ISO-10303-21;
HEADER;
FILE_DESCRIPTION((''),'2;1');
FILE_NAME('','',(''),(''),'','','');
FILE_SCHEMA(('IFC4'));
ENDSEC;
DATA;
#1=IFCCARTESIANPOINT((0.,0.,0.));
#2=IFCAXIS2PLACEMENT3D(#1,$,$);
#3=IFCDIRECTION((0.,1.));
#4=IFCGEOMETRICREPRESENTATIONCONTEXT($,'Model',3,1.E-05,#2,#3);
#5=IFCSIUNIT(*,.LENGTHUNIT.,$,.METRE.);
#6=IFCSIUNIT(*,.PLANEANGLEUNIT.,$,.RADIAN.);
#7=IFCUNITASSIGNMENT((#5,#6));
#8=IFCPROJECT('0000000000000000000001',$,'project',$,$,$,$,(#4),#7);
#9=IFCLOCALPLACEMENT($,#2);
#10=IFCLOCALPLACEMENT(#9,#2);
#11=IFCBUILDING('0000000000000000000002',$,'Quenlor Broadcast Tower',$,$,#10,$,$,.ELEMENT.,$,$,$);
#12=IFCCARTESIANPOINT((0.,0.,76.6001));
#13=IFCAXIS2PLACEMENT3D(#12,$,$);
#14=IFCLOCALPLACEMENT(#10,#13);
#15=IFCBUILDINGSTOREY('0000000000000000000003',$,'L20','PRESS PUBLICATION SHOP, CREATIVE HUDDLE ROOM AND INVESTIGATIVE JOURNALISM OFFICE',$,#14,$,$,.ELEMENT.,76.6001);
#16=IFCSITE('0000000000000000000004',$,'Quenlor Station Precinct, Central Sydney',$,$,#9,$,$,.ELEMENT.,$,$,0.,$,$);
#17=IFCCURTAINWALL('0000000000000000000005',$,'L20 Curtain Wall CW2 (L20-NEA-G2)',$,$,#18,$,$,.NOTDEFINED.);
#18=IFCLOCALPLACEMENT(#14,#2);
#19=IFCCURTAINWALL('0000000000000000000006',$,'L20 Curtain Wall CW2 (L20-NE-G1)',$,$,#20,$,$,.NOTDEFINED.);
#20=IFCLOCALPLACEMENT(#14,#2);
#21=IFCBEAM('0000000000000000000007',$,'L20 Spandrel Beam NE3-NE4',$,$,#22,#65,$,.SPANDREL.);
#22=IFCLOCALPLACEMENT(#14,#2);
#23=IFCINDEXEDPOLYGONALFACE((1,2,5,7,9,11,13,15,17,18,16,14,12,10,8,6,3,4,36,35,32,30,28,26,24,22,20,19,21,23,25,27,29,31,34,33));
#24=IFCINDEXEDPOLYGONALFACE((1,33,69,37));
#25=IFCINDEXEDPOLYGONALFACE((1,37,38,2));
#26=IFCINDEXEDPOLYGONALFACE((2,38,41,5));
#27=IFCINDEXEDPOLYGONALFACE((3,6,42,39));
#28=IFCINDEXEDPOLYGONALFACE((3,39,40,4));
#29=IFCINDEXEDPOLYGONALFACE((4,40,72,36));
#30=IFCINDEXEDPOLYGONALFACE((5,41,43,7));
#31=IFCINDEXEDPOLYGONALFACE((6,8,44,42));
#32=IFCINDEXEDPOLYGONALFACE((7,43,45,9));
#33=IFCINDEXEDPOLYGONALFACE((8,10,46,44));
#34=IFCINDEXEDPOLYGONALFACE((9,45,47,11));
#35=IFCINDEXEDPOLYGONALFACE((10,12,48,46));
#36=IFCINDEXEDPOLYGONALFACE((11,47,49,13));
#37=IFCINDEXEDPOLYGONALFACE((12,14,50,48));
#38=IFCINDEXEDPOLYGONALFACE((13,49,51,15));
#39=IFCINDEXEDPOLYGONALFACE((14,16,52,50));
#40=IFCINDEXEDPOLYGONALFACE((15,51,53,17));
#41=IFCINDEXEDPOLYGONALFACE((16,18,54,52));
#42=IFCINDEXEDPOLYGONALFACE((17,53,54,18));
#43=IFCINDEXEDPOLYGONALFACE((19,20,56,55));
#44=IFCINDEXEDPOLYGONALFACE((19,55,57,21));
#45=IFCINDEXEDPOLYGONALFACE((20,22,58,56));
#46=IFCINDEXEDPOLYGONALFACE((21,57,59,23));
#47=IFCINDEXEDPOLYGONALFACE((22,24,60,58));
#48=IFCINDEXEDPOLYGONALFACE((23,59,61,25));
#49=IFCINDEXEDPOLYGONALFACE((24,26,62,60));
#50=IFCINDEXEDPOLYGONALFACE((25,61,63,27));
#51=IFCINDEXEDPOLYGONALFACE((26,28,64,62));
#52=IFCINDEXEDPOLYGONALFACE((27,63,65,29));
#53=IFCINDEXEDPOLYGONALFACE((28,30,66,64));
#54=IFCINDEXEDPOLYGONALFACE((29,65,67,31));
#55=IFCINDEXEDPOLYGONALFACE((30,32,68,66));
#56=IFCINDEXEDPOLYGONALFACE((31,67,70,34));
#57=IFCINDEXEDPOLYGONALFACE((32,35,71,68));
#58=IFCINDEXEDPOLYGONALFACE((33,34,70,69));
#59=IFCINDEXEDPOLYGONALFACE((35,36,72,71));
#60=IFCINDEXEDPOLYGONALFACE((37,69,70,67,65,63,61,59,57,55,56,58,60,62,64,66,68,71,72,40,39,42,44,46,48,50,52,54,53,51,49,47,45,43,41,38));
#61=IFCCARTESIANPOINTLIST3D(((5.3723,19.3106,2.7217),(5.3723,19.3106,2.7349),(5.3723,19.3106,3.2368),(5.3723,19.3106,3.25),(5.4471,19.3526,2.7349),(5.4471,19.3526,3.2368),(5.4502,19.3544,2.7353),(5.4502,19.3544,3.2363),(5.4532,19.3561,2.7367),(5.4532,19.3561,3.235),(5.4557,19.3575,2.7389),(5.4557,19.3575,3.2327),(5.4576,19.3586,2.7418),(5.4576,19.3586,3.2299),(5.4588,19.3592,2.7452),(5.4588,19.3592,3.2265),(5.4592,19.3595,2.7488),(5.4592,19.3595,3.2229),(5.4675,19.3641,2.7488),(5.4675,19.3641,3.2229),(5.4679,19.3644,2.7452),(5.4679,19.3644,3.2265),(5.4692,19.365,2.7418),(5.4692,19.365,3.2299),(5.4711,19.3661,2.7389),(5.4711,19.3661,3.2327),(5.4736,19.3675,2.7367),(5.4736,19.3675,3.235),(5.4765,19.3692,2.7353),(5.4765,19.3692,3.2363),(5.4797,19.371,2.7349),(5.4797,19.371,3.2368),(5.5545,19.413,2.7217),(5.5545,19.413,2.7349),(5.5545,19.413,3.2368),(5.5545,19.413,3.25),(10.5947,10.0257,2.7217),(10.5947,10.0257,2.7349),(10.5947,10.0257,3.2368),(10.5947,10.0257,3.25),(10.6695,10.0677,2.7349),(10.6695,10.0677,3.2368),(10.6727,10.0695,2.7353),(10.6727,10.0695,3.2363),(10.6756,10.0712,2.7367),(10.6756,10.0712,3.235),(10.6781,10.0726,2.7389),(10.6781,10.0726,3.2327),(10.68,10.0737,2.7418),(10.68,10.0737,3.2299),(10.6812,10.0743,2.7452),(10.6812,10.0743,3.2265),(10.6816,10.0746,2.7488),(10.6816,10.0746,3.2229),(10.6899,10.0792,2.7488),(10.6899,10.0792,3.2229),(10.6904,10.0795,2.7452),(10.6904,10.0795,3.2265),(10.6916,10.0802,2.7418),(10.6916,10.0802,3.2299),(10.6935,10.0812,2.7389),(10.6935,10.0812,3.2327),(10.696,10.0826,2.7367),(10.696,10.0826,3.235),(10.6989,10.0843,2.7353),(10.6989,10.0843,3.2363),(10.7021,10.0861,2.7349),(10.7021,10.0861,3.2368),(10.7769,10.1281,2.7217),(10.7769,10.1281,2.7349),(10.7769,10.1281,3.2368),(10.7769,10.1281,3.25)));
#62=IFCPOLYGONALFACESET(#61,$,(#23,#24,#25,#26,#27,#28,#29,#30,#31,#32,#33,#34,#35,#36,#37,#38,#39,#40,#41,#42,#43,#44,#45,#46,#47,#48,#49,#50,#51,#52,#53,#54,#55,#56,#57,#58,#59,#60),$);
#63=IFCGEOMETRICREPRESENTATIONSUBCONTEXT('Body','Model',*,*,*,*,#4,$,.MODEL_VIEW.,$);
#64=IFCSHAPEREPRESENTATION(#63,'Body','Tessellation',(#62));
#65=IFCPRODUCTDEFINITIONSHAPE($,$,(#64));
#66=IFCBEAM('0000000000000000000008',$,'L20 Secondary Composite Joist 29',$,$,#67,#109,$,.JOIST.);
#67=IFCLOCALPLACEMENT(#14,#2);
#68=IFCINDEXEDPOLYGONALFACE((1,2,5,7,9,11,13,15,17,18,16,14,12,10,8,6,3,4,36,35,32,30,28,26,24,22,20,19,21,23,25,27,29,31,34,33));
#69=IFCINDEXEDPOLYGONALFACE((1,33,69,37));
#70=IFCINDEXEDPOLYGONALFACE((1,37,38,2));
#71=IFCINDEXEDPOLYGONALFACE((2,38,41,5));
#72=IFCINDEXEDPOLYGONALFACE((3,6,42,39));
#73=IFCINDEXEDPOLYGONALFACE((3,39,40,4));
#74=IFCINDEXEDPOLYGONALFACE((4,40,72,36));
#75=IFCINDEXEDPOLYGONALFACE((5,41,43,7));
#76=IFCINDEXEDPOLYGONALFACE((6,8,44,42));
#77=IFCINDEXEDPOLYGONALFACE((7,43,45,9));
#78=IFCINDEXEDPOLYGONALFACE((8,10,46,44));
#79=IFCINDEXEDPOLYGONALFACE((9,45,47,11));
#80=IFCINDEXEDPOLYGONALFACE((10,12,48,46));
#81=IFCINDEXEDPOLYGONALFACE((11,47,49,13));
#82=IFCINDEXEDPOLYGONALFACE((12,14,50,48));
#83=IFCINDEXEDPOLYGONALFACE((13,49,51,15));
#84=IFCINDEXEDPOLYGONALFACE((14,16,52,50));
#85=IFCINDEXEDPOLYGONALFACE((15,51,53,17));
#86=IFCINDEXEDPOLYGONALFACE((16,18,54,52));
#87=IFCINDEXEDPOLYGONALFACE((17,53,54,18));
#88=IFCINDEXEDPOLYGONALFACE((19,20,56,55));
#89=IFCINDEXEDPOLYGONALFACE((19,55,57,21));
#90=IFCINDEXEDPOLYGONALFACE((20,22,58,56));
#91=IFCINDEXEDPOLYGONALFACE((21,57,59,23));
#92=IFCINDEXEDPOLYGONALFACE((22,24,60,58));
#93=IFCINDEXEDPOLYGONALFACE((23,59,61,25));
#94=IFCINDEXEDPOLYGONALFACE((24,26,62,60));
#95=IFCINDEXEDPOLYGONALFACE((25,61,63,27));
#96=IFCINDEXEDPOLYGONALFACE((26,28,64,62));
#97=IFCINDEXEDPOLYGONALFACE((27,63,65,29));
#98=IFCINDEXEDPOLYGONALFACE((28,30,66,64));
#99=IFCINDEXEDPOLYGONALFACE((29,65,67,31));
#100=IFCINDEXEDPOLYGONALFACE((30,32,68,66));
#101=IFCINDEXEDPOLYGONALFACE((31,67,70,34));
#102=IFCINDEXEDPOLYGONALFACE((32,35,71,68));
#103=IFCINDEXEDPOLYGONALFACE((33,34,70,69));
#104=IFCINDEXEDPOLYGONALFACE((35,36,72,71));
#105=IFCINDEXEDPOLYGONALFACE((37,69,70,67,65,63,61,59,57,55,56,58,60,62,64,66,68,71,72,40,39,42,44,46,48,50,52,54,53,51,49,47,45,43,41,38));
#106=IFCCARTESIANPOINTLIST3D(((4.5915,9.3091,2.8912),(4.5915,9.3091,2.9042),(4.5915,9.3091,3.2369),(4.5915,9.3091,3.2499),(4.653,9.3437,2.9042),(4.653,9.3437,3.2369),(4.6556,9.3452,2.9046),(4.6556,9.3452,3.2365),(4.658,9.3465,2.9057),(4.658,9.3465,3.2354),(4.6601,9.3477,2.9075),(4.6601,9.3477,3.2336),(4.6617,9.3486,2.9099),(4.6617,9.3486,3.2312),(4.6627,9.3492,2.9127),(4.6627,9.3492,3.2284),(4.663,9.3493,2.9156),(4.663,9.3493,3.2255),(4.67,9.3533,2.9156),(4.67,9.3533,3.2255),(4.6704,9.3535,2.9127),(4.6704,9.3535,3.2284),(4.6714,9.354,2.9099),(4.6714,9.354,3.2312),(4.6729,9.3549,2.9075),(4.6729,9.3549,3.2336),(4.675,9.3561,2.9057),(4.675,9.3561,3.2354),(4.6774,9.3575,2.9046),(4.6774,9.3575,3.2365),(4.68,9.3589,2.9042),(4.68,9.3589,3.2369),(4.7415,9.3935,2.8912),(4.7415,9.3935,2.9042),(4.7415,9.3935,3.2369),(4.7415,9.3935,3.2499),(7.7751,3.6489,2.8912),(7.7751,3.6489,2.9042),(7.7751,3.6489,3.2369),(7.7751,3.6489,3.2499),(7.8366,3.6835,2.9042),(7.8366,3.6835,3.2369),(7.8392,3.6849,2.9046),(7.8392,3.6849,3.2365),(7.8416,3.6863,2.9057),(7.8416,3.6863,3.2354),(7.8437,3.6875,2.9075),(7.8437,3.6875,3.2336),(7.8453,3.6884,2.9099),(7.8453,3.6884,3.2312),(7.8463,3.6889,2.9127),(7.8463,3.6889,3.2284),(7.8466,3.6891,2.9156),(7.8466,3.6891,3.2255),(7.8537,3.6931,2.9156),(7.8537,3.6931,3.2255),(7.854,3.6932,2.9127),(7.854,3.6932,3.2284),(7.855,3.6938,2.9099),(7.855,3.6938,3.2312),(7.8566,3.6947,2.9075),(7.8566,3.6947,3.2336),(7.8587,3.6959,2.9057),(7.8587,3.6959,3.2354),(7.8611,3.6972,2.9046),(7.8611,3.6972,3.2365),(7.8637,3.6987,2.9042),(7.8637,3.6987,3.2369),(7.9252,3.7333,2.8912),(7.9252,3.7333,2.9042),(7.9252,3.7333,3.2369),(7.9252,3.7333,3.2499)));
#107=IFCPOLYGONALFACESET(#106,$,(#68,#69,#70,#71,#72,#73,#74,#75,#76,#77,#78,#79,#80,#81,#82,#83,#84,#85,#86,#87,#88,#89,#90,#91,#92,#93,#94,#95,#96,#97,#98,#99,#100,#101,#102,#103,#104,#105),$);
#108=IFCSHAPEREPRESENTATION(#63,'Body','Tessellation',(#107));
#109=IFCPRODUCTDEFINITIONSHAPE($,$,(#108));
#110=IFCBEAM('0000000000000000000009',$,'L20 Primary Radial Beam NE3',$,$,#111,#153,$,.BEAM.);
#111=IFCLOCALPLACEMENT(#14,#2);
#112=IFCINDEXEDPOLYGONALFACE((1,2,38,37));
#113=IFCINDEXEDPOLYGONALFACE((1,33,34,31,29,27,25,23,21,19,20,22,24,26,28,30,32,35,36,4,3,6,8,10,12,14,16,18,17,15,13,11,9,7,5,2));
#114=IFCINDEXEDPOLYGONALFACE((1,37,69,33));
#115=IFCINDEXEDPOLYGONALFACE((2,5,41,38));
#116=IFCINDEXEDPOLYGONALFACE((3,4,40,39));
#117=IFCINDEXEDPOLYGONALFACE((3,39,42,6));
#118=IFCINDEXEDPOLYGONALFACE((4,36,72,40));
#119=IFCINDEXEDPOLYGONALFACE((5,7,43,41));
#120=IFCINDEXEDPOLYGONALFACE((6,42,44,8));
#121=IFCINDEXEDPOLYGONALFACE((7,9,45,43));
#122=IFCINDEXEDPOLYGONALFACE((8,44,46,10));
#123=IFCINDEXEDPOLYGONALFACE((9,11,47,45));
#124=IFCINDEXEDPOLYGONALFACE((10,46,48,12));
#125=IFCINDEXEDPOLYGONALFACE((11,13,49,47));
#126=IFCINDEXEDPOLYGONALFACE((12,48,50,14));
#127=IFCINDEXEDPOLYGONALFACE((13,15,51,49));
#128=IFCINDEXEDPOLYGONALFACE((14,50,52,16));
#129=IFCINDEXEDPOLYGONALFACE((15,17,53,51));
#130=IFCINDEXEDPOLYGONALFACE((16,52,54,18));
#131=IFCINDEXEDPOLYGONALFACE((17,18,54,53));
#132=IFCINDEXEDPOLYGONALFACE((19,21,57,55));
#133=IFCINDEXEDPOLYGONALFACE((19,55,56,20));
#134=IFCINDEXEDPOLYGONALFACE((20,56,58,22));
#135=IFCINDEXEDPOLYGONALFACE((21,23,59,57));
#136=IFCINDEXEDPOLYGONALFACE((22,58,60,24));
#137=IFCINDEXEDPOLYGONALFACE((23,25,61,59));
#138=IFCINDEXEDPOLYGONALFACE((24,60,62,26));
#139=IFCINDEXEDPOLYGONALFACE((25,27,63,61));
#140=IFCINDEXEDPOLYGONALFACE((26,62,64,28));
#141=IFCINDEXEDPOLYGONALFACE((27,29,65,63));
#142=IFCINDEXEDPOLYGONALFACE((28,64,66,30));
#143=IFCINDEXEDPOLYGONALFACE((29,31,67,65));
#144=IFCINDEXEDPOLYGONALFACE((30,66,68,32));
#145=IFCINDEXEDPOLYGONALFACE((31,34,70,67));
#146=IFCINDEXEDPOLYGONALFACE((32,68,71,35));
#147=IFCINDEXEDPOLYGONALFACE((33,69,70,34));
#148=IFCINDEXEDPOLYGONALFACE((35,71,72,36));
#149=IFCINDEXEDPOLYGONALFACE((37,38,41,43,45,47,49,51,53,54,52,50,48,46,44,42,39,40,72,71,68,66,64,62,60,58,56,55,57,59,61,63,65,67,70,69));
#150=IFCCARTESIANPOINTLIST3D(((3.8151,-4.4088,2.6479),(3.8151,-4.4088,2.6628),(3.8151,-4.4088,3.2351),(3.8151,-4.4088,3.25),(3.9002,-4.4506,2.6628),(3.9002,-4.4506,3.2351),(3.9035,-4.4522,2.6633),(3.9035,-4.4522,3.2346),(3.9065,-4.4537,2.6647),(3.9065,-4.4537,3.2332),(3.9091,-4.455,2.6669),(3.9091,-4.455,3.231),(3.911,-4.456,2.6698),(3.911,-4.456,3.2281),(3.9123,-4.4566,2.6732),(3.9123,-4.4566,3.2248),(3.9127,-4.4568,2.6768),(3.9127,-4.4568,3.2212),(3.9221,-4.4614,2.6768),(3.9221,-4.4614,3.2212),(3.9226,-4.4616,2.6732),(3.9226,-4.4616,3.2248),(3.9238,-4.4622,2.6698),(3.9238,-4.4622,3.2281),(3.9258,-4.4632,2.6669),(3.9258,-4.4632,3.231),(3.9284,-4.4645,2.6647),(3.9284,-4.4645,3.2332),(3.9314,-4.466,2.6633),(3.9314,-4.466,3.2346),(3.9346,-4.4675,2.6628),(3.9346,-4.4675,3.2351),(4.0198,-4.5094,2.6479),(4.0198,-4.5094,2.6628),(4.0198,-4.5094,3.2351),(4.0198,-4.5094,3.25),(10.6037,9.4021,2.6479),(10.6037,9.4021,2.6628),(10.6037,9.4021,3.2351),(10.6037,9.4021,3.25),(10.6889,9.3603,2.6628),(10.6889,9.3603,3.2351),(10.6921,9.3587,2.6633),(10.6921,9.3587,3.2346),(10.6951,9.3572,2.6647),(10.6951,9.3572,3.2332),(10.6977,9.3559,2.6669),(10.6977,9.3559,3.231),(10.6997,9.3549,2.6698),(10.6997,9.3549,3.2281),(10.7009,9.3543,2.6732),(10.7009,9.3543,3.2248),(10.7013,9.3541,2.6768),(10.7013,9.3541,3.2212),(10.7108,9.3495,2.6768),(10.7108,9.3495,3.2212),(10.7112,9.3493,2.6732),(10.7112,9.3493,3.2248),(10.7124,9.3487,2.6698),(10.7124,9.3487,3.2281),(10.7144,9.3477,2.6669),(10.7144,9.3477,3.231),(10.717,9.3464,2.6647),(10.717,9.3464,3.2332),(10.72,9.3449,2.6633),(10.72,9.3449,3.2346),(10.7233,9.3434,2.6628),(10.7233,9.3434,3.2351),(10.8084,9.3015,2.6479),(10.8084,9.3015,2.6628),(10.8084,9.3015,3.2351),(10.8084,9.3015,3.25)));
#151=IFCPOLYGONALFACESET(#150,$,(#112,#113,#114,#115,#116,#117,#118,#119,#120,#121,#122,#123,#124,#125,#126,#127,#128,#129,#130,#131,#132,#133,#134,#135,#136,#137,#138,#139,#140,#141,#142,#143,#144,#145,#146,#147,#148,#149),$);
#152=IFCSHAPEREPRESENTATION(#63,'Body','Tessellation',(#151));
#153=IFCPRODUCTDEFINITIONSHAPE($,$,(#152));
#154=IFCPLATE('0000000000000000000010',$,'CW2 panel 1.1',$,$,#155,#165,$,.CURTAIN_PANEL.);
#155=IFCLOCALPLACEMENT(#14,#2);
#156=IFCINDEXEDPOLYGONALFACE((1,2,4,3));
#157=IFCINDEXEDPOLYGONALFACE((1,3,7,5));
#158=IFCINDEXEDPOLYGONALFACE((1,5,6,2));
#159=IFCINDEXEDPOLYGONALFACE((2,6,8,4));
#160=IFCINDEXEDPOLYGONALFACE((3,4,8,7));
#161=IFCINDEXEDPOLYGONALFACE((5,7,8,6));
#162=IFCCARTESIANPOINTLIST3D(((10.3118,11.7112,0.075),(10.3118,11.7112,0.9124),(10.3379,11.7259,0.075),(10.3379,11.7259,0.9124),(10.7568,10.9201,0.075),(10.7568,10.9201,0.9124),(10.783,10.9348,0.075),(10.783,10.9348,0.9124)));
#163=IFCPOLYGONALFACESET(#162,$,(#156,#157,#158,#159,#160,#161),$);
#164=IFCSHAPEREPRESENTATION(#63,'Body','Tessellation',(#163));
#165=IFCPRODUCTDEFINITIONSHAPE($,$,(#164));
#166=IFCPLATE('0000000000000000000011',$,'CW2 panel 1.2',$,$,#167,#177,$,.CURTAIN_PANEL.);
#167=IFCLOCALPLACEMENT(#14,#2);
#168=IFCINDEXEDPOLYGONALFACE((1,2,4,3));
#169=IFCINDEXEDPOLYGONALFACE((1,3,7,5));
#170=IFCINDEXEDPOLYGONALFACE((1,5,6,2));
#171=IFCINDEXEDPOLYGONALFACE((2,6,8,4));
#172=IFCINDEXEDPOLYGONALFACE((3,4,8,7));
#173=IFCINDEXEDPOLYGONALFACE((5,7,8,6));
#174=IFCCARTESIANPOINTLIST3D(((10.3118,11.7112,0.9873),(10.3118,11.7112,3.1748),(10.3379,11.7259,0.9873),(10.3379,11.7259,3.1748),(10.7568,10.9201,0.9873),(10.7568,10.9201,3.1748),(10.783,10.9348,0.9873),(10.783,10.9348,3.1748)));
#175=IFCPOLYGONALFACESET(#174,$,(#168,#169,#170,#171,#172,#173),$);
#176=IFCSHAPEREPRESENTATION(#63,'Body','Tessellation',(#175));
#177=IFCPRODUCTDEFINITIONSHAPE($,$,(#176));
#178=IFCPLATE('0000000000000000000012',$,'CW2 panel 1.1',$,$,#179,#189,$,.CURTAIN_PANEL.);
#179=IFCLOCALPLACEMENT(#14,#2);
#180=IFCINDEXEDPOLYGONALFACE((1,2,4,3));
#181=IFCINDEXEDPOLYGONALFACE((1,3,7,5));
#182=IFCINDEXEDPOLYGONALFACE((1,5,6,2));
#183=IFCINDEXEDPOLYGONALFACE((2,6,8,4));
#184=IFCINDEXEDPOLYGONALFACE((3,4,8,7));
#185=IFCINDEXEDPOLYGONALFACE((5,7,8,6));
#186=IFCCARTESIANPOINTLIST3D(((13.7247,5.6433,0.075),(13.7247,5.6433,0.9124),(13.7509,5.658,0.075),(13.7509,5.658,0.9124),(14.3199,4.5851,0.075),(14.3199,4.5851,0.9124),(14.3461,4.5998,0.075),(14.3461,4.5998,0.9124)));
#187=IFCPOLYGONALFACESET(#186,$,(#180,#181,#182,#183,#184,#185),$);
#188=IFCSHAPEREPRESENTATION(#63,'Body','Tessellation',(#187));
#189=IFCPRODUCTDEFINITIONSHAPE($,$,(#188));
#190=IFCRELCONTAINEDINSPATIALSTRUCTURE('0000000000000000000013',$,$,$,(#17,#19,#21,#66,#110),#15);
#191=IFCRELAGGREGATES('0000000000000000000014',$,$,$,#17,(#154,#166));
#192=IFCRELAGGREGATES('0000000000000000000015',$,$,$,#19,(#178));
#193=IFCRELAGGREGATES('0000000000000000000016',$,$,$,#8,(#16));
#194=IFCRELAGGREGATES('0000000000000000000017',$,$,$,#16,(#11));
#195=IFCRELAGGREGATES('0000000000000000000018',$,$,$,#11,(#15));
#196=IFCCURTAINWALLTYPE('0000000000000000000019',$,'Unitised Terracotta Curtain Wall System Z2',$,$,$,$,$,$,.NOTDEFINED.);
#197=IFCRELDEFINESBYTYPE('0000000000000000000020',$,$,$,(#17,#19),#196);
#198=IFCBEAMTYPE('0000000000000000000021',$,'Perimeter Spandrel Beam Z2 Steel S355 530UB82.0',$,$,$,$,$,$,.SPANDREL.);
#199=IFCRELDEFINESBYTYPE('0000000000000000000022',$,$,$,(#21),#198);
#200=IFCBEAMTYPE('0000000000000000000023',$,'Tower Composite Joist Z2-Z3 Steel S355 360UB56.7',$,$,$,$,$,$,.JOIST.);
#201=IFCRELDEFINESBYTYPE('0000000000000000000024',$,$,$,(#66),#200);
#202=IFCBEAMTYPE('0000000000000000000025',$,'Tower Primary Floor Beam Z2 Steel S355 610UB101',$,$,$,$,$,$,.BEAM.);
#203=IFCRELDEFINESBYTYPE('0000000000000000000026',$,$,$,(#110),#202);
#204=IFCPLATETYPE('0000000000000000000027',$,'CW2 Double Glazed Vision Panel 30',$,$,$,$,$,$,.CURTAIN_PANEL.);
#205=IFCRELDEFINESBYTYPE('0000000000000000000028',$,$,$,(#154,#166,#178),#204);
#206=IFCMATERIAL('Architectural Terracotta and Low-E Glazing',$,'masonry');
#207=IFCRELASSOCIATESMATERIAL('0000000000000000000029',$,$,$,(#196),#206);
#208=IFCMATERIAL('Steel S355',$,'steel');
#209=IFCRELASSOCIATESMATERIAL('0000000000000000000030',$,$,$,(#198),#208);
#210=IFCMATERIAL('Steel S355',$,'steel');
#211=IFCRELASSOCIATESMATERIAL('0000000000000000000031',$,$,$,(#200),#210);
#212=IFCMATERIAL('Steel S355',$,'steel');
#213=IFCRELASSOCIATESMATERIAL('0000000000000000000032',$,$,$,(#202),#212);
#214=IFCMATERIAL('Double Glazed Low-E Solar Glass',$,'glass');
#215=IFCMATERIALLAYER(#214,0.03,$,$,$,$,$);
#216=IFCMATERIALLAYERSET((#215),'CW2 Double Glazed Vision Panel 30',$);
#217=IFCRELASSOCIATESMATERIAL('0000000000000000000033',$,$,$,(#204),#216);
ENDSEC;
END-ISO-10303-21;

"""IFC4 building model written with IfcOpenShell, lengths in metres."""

from ifc_helpers import new_model, si_unit, direction, frame, origin, origin_2d, place, context, subcontext, project, spatial, rectangle, i_section, extrude, material, layer, layer_set, material_profile, profile_set, type_object, element, aggregate, save


model = new_model("IFC4")

# Units and contexts
model_context = context("Model", 3, precision=1e-05, world=origin(), true_north=direction((0.0, 1.0)))
body_context = subcontext(model_context, "Body", "Model", "MODEL_VIEW")
ifc_project = project(units=[si_unit("LENGTHUNIT", "METRE"), si_unit("PLANEANGLEUNIT", "RADIAN")], contexts=[model_context])

# Site, building, storey
site_placement = place(None, origin())
site = spatial("IfcSite", under=ifc_project, at=site_placement, Name="Quenlor Station Precinct, Central Sydney", CompositionType="ELEMENT", RefElevation=0.0)
building_placement = place(site_placement, origin())
building = spatial("IfcBuilding", under=site, at=building_placement, Name="Quenlor Broadcast Tower", CompositionType="ELEMENT")
storey_placement = place(building_placement, frame((0.0, 0.0, 76.6001)))
storey = spatial("IfcBuildingStorey", under=building, at=storey_placement, Name="L20", Description="PRESS PUBLICATION SHOP, CREATIVE HUDDLE ROOM AND INVESTIGATIVE JOURNALISM OFFICE", CompositionType="ELEMENT", Elevation=76.6001)

# Curtain wall
ifc_material_1 = material(Name="Architectural Terracotta and Low-E Glazing", Category="masonry")
curtain_wall_type = type_object("IfcCurtainWallType", Name="Unitised Terracotta Curtain Wall System Z2", PredefinedType="NOTDEFINED", material=ifc_material_1)
curtain_wall_1_placement = place(storey_placement, origin())
curtain_wall_1 = element("IfcCurtainWall", 1, at=curtain_wall_1_placement, inside=storey, type_object=curtain_wall_type, Name="L20 Curtain Wall CW2 (L20-NEA-G2)", PredefinedType="NOTDEFINED")

# Curtain wall
curtain_wall_2_placement = place(storey_placement, origin())
curtain_wall_2 = element("IfcCurtainWall", 2, at=curtain_wall_2_placement, inside=storey, type_object=curtain_wall_type, Name="L20 Curtain Wall CW2 (L20-NE-G1)", PredefinedType="NOTDEFINED")

# Beams
ifc_material_2 = material(Name="Steel S355", Category="steel")
ifc_material_profile_1 = material_profile(ifc_material_2, i_section(OverallWidth=0.209, OverallDepth=0.5283, WebThickness=0.0095, FlangeThickness=0.0132, FilletRadius=0.0139, at=origin_2d()))
ifc_profile_set_1 = profile_set([ifc_material_profile_1], Name="Steel S355 530UB82.0")
beam_type_1 = type_object("IfcBeamType", Name="Perimeter Spandrel Beam Z2 Steel S355 530UB82.0", PredefinedType="SPANDREL", material=ifc_profile_set_1)
beam_1_placement = place(storey_placement, frame((10.6858, 10.0769, 2.9858), z_axis=(-0.490236, 0.87159, 0.0), x_axis=(-0.87159, -0.490236, 0.0)))
element("IfcBeam", 3, at=beam_1_placement, inside=storey, type_object=beam_type_1, Name="L20 Spandrel Beam NE3-NE4", PredefinedType="SPANDREL", context=body_context, shape_type="SweptSolid", body=[
    extrude(i_section(OverallWidth=0.209, OverallDepth=0.5283, WebThickness=0.0095, FlangeThickness=0.0132, FilletRadius=0.0139, at=origin_2d()), origin(), (0.0, 0.0, 1.0), 10.6528),
])
ifc_material_3 = material(Name="Steel S355", Category="steel")
ifc_material_profile_2 = material_profile(ifc_material_3, i_section(OverallWidth=0.1721, OverallDepth=0.3586, WebThickness=0.0081, FlangeThickness=0.0129, FilletRadius=0.0115, at=origin_2d()))
ifc_profile_set_2 = profile_set([ifc_material_profile_2], Name="Steel S355 360UB56.7")
beam_type_2 = type_object("IfcBeamType", Name="Tower Composite Joist Z2-Z3 Steel S355 360UB56.7", PredefinedType="JOIST", material=ifc_profile_set_2)
beam_2_placement = place(storey_placement, frame((4.6665, 9.3513, 3.0706), z_axis=(0.490233, -0.871592, 0.0), x_axis=(0.871592, 0.490233, 0.0)))
element("IfcBeam", 4, at=beam_2_placement, inside=storey, type_object=beam_type_2, Name="L20 Secondary Composite Joist 29", PredefinedType="JOIST", context=body_context, shape_type="SweptSolid", body=[
    extrude(i_section(OverallWidth=0.1721, OverallDepth=0.3586, WebThickness=0.0081, FlangeThickness=0.0129, FilletRadius=0.0115, at=origin_2d()), origin(), (0.0, 0.0, 1.0), 6.4941),
])
ifc_material_4 = material(Name="Steel S355", Category="steel")
ifc_material_profile_3 = material_profile(ifc_material_4, i_section(OverallWidth=0.228, OverallDepth=0.6021, WebThickness=0.0105, FlangeThickness=0.0149, FilletRadius=0.0139, at=origin_2d()))
ifc_profile_set_3 = profile_set([ifc_material_profile_3], Name="Steel S355 610UB101")
beam_type_3 = type_object("IfcBeamType", Name="Tower Primary Floor Beam Z2 Steel S355 610UB101", PredefinedType="BEAM", material=ifc_profile_set_3)
beam_3_placement = place(storey_placement, frame((10.7061, 9.3518, 2.949), z_axis=(-0.44113, -0.897443, 0.0), x_axis=(0.897443, -0.44113, 0.0)))
element("IfcBeam", 5, at=beam_3_placement, inside=storey, type_object=beam_type_3, Name="L20 Primary Radial Beam NE3", PredefinedType="BEAM", context=body_context, shape_type="SweptSolid", body=[
    extrude(i_section(OverallWidth=0.228, OverallDepth=0.6021, WebThickness=0.0105, FlangeThickness=0.0149, FilletRadius=0.0139, at=origin_2d()), origin(), (0.0, 0.0, 1.0), 15.3892),
])

# Plates
ifc_material_5 = material(Name="Double Glazed Low-E Solar Glass", Category="glass")
ifc_layer_1 = layer(ifc_material_5, 0.03)
ifc_layer_set_1 = layer_set([ifc_layer_1], Name="CW2 Double Glazed Vision Panel 30")
plate_type_1 = type_object("IfcPlateType", Name="CW2 Double Glazed Vision Panel 30", PredefinedType="CURTAIN_PANEL", material=ifc_layer_set_1)
plate_1_placement = place(storey_placement, frame((10.5474, 11.323, 0.075), z_axis=(0.0, 0.0, 1.0), x_axis=(0.490252, -0.871581, 0.0)))
plate_1 = element("IfcPlate", 6, at=plate_1_placement, type_object=plate_type_1, Name="CW2 panel 1.1", PredefinedType="CURTAIN_PANEL", context=body_context, shape_type="SweptSolid", body=[
    extrude(rectangle(XDim=0.9077, YDim=0.03, at=origin_2d()), origin(), (0.0, 0.0, 1.0), 0.8374),
])
plate_2_placement = place(storey_placement, frame((10.5474, 11.323, 0.9873), z_axis=(0.0, 0.0, 1.0), x_axis=(0.490252, -0.871581, 0.0)))
plate_2 = element("IfcPlate", 7, at=plate_2_placement, type_object=plate_type_1, Name="CW2 panel 1.2", PredefinedType="CURTAIN_PANEL", context=body_context, shape_type="SweptSolid", body=[
    extrude(rectangle(XDim=0.9077, YDim=0.03, at=origin_2d()), origin(), (0.0, 0.0, 1.0), 2.1875),
])
aggregate(curtain_wall_1, [plate_1, plate_2])
plate_3_placement = place(storey_placement, frame((14.0354, 5.1216, 0.075), z_axis=(0.0, 0.0, 1.0), x_axis=(0.490254, -0.871579, 0.0)))
plate_3 = element("IfcPlate", 8, at=plate_3_placement, type_object=plate_type_1, Name="CW2 panel 1.1", PredefinedType="CURTAIN_PANEL", context=body_context, shape_type="SweptSolid", body=[
    extrude(rectangle(XDim=1.2141, YDim=0.03, at=origin_2d()), origin(), (0.0, 0.0, 1.0), 0.8374),
])
aggregate(curtain_wall_2, [plate_3])

save(model, "model.ifc")
